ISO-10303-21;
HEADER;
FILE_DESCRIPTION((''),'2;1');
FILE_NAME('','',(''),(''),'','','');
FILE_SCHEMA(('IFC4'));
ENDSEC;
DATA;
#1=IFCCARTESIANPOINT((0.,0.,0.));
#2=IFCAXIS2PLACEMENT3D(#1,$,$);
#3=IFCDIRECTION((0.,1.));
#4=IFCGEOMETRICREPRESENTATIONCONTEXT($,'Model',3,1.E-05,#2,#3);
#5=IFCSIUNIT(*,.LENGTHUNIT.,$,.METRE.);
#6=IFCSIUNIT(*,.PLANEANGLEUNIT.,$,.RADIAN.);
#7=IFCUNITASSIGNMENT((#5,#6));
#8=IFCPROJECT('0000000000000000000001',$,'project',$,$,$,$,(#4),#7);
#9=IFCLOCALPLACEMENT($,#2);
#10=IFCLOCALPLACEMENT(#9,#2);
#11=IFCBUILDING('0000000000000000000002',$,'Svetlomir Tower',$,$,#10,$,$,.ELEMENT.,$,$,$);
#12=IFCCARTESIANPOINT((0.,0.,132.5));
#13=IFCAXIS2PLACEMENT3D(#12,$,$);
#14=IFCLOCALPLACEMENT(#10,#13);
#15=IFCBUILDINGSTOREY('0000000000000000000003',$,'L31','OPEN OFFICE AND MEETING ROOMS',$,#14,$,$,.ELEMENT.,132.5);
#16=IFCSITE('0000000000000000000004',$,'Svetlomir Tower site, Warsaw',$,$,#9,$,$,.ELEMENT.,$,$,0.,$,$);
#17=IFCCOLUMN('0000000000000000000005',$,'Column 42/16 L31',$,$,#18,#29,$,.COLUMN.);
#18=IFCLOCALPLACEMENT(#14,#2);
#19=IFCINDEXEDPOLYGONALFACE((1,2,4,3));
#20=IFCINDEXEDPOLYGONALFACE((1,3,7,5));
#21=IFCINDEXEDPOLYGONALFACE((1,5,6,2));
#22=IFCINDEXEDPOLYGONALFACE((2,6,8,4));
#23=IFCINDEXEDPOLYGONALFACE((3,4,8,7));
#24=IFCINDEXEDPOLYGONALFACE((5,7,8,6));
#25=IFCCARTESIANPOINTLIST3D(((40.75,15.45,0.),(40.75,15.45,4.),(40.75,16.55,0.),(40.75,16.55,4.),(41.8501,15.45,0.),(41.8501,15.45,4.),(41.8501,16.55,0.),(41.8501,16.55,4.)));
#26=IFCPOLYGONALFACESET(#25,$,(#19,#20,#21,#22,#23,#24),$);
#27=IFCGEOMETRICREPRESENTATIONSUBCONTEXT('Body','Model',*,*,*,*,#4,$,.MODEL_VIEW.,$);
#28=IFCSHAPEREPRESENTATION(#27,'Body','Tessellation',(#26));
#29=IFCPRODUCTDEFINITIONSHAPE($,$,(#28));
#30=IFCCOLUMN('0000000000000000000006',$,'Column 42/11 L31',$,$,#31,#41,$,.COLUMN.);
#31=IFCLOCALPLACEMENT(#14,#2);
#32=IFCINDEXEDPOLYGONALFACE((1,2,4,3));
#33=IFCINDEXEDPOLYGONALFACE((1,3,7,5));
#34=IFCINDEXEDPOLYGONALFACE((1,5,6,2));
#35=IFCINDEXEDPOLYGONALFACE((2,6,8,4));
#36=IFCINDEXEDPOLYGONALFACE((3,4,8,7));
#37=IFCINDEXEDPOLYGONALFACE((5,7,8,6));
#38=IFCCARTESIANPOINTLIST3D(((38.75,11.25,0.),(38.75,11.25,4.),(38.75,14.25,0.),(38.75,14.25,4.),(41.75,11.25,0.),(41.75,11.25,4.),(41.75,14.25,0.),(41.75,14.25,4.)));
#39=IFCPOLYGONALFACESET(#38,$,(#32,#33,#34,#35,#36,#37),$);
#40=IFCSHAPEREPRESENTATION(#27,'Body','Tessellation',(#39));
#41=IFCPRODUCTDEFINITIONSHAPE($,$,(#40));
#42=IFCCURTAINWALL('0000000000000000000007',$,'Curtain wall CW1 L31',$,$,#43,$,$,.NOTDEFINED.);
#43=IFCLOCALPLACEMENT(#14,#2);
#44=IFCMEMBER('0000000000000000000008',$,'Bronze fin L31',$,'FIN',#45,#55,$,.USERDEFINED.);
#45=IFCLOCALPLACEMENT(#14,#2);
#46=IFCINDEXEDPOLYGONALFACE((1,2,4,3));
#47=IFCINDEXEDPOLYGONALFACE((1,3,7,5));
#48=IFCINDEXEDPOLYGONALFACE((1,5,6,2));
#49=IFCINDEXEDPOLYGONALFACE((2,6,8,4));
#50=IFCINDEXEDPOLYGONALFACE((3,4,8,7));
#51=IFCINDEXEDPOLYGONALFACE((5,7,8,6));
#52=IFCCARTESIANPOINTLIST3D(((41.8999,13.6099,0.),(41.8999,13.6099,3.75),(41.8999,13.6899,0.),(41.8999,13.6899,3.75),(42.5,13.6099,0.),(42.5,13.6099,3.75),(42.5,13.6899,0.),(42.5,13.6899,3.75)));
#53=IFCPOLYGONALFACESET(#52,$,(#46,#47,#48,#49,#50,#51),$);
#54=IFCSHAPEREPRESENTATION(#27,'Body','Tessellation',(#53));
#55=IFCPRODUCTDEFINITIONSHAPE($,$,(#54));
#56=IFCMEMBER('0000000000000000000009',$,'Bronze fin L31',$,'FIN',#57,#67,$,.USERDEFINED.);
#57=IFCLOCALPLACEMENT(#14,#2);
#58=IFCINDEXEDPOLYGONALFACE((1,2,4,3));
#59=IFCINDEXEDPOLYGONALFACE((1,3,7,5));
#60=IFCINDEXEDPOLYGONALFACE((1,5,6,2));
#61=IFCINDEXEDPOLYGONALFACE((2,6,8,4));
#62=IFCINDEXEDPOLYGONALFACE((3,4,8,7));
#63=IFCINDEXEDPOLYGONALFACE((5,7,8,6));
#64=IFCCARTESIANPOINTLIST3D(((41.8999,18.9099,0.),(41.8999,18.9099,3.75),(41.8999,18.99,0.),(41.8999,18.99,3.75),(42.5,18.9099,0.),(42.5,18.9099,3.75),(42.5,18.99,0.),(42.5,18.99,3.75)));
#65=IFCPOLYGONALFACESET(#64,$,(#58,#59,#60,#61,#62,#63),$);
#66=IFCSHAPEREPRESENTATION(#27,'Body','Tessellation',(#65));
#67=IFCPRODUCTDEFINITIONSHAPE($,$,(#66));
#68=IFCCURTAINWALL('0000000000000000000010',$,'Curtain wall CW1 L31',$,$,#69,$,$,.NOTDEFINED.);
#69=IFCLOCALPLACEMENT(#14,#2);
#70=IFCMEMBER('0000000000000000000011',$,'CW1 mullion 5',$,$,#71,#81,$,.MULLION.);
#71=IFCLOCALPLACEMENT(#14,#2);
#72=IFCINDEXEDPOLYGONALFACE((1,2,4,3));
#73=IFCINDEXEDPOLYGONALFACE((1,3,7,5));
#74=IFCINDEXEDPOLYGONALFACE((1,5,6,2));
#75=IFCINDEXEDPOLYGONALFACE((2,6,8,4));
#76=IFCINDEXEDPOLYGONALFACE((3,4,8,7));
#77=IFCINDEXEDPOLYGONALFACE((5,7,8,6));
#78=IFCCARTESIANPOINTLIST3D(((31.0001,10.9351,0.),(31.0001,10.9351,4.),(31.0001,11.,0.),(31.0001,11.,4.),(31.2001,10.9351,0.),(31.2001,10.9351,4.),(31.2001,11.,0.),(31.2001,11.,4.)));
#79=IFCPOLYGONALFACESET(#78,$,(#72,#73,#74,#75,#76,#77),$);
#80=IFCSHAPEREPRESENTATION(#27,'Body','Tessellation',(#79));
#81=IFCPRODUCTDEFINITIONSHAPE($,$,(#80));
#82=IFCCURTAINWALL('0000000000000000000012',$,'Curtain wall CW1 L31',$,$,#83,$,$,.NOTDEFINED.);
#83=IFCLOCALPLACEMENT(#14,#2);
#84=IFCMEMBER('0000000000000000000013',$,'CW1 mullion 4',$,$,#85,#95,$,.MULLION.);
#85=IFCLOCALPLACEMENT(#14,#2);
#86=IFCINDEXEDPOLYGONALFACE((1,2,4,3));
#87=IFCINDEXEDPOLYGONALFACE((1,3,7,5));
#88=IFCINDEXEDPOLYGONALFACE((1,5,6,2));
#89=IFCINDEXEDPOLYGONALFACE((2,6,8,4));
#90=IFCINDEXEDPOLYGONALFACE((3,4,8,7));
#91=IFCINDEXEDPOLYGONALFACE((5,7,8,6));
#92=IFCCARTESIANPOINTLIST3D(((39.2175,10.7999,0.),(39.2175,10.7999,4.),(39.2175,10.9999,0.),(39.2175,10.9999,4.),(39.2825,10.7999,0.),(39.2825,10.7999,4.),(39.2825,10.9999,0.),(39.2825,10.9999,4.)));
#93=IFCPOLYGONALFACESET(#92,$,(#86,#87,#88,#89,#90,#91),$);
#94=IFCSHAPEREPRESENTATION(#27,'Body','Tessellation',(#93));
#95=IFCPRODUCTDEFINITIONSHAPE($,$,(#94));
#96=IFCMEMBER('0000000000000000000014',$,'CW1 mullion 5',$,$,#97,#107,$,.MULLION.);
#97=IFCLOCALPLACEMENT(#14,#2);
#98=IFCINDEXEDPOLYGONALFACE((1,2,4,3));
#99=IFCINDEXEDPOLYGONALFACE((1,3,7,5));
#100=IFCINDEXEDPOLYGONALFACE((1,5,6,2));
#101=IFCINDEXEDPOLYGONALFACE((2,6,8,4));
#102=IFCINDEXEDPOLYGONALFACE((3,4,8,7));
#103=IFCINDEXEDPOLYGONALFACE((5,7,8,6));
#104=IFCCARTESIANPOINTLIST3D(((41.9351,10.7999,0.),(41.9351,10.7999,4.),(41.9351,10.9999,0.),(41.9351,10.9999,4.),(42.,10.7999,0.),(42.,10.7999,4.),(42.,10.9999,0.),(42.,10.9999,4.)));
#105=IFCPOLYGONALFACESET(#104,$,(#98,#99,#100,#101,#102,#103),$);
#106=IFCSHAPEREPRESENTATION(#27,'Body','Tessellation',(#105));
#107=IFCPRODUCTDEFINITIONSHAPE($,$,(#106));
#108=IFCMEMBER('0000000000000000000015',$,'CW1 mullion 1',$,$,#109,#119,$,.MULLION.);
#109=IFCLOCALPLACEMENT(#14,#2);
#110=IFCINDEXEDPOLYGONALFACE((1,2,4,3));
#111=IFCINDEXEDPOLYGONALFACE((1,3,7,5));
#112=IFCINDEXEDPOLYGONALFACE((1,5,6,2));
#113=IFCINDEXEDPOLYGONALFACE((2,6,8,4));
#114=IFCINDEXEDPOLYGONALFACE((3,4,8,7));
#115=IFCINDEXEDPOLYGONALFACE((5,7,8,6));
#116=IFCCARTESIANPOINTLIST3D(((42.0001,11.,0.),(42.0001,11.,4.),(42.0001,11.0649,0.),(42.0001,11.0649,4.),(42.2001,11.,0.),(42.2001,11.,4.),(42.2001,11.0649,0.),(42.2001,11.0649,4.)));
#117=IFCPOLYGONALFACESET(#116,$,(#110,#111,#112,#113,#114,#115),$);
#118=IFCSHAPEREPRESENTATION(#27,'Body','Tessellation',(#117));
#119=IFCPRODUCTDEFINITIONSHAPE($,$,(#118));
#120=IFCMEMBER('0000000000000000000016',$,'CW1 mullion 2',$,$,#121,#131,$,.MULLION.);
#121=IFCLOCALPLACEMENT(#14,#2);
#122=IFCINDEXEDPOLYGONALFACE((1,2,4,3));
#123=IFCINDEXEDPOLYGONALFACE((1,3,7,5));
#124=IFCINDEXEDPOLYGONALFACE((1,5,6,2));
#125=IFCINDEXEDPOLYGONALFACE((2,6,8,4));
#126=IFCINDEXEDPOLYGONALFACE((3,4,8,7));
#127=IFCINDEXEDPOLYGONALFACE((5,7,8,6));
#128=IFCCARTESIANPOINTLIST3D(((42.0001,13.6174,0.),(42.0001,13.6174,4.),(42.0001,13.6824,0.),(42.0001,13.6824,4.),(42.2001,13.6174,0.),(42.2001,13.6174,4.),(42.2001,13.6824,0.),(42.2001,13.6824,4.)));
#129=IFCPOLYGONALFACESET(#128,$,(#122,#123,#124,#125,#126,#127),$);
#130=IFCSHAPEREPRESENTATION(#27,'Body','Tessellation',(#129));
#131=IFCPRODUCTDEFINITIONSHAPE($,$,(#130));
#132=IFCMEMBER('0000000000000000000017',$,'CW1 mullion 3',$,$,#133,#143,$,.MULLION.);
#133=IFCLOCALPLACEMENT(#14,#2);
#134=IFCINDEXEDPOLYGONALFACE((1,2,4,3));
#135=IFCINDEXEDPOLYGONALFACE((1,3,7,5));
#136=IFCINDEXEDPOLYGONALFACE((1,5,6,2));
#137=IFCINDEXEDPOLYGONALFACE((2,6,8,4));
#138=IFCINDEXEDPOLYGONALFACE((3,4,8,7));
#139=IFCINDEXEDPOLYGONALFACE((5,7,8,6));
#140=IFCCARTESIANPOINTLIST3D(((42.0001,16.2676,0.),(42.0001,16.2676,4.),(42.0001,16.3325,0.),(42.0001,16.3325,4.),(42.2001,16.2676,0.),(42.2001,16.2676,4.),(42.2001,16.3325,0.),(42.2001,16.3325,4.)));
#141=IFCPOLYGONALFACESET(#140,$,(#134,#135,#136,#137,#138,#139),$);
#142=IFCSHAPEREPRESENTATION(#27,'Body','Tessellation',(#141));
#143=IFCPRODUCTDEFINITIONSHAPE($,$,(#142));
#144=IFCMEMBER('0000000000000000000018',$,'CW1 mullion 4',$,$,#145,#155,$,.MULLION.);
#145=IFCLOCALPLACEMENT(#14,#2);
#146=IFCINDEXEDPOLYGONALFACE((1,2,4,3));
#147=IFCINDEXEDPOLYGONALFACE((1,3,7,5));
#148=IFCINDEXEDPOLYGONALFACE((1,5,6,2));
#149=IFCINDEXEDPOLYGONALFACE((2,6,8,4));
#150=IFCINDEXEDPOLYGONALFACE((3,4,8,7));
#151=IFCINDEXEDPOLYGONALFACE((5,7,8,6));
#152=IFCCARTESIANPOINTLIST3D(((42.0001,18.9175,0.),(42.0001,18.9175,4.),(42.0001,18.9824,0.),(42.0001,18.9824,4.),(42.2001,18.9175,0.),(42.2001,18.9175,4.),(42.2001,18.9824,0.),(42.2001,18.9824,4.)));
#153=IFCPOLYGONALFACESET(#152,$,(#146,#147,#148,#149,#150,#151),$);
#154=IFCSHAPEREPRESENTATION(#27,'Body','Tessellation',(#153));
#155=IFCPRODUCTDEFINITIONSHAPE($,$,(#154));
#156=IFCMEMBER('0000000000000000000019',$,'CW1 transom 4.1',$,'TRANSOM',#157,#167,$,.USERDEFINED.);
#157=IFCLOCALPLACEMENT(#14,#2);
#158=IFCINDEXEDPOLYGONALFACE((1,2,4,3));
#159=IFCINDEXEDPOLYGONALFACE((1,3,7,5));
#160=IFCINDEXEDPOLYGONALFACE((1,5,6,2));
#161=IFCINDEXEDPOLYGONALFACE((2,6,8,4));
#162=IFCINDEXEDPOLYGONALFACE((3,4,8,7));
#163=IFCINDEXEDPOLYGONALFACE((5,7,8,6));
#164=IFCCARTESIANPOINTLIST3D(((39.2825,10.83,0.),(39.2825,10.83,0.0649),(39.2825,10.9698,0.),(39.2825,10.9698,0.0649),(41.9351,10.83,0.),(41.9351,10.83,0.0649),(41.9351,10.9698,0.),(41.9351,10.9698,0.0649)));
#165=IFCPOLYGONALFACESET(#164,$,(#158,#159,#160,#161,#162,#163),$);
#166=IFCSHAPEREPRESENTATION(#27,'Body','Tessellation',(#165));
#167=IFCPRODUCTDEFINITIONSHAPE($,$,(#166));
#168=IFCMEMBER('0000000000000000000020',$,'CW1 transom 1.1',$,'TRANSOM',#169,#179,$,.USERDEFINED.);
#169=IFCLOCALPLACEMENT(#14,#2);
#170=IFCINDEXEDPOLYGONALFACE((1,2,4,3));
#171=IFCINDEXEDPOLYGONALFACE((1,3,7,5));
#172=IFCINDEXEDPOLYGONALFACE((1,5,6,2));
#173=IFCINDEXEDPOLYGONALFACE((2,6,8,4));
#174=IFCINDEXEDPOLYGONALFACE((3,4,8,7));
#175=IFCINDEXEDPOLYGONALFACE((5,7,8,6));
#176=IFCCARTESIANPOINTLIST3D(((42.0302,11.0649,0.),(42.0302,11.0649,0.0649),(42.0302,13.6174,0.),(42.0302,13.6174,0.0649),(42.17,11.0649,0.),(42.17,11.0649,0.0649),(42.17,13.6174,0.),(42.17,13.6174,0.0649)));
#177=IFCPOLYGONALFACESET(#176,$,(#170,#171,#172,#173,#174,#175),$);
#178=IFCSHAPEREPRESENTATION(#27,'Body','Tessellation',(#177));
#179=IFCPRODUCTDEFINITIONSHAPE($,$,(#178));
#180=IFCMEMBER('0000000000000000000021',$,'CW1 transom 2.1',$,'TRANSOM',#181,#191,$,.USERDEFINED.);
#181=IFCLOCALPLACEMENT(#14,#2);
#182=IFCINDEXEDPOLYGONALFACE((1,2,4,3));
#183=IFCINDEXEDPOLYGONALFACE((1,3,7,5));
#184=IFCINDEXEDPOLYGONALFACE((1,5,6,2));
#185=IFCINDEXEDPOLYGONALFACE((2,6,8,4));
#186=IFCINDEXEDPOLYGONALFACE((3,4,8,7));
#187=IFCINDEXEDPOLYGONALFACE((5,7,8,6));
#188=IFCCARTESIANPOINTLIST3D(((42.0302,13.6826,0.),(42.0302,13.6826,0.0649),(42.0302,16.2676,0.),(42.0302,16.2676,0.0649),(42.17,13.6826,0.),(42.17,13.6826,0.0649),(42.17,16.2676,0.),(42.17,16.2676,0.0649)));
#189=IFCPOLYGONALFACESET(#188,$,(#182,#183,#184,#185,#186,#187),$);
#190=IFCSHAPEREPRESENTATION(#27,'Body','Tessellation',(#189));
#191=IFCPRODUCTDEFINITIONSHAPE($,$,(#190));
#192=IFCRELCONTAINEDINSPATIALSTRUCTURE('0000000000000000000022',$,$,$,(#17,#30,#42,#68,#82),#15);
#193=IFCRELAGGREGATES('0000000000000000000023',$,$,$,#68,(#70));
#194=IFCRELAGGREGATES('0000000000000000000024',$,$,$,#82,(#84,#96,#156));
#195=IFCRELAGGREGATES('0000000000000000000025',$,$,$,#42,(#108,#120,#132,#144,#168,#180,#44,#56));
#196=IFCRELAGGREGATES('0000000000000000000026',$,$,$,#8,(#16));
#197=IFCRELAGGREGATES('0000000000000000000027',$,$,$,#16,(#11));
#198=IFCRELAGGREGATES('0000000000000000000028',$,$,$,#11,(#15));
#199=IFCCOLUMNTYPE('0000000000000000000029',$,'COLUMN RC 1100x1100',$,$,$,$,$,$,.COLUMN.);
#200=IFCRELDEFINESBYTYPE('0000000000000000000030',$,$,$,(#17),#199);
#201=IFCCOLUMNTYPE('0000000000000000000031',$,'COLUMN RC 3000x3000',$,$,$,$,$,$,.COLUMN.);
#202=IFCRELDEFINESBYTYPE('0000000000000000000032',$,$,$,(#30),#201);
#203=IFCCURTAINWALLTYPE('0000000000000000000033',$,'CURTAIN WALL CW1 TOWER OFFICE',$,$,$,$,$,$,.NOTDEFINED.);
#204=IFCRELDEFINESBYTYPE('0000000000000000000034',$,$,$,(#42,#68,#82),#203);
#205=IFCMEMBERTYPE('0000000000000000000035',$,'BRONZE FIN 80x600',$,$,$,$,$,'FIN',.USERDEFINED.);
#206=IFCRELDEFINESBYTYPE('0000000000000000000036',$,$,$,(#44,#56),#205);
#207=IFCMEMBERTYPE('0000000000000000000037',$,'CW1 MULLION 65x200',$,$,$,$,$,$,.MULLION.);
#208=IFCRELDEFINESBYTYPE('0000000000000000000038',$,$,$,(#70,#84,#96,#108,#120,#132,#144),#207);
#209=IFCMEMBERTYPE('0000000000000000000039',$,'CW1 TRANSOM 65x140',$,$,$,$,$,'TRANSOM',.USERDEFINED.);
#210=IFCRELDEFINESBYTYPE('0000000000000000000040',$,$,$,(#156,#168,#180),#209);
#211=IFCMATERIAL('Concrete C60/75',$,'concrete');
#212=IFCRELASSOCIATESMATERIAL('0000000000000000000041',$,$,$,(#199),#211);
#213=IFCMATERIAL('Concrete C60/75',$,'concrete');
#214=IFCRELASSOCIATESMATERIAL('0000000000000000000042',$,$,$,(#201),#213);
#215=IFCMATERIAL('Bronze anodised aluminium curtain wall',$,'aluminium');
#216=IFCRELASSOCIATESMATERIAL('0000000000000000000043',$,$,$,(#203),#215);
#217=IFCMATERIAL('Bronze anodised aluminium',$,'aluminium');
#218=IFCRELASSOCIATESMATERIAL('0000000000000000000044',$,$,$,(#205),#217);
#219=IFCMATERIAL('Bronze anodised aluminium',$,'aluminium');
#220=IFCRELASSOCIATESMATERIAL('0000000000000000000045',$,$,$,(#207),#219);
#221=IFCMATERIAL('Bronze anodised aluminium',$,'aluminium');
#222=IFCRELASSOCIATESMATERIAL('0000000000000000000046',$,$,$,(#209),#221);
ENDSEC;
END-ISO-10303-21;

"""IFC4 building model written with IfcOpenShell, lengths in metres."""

from ifc_helpers import new_model, si_unit, direction, frame, origin, origin_2d, place, context, subcontext, project, spatial, rectangle, extrude, material, material_profile, profile_set, type_object, element, aggregate, save


model = new_model("IFC4")

# Units and contexts
model_context = context("Model", 3, precision=1e-05, world=origin(), true_north=direction((0.0, 1.0)))
body_context = subcontext(model_context, "Body", "Model", "MODEL_VIEW")
ifc_project = project(units=[si_unit("LENGTHUNIT", "METRE"), si_unit("PLANEANGLEUNIT", "RADIAN")], contexts=[model_context])

# Site, building, storey
site_placement = place(None, origin())
site = spatial("IfcSite", under=ifc_project, at=site_placement, Name="Svetlomir Tower site, Warsaw", CompositionType="ELEMENT", RefElevation=0.0)
building_placement = place(site_placement, origin())
building = spatial("IfcBuilding", under=site, at=building_placement, Name="Svetlomir Tower", CompositionType="ELEMENT")
storey_placement = place(building_placement, frame((0.0, 0.0, 132.5)))
storey = spatial("IfcBuildingStorey", under=building, at=storey_placement, Name="L31", Description="OPEN OFFICE AND MEETING ROOMS", CompositionType="ELEMENT", Elevation=132.5)

# Columns
ifc_material_1 = material(Name="Concrete C60/75", Category="concrete")
ifc_material_profile_1 = material_profile(ifc_material_1, rectangle(XDim=1.1001, YDim=1.1001, at=origin_2d()), Name="RC 1100x1100")
ifc_profile_set_1 = profile_set([ifc_material_profile_1], Name="Concrete C60/75")
column_type_1 = type_object("IfcColumnType", Name="COLUMN RC 1100x1100", PredefinedType="COLUMN", material=ifc_profile_set_1)
column_1_placement = place(storey_placement, frame((41.3, 16.0, 0.0), z_axis=(0.0, 0.0, 1.0), x_axis=(1.0, 0.0, 0.0)))
element("IfcColumn", 1, at=column_1_placement, inside=storey, type_object=column_type_1, Name="Column 42/16 L31", PredefinedType="COLUMN", context=body_context, shape_type="SweptSolid", body=[
    extrude(rectangle(XDim=1.1001, YDim=1.1001, at=origin_2d()), origin(), (0.0, 0.0, 1.0), 4.0),
])
ifc_material_2 = material(Name="Concrete C60/75", Category="concrete")
ifc_material_profile_2 = material_profile(ifc_material_2, rectangle(XDim=3.0, YDim=3.0, at=origin_2d()), Name="RC 3000x3000")
ifc_profile_set_2 = profile_set([ifc_material_profile_2], Name="Concrete C60/75")
column_type_2 = type_object("IfcColumnType", Name="COLUMN RC 3000x3000", PredefinedType="COLUMN", material=ifc_profile_set_2)
column_2_placement = place(storey_placement, frame((40.25, 12.75, 0.0), z_axis=(0.0, 0.0, 1.0), x_axis=(1.0, 0.0, 0.0)))
element("IfcColumn", 2, at=column_2_placement, inside=storey, type_object=column_type_2, Name="Column 42/11 L31", PredefinedType="COLUMN", context=body_context, shape_type="SweptSolid", body=[
    extrude(rectangle(XDim=3.0, YDim=3.0, at=origin_2d()), origin(), (0.0, 0.0, 1.0), 4.0),
])

# Curtain wall, members
ifc_material_3 = material(Name="Bronze anodised aluminium curtain wall", Category="aluminium")
curtain_wall_type = type_object("IfcCurtainWallType", Name="CURTAIN WALL CW1 TOWER OFFICE", PredefinedType="NOTDEFINED", material=ifc_material_3)
curtain_wall_1_placement = place(storey_placement, origin())
curtain_wall_1 = element("IfcCurtainWall", 3, at=curtain_wall_1_placement, inside=storey, type_object=curtain_wall_type, Name="Curtain wall CW1 L31", PredefinedType="NOTDEFINED")
ifc_material_4 = material(Name="Bronze anodised aluminium", Category="aluminium")
ifc_material_profile_3 = material_profile(ifc_material_4, rectangle(XDim=0.0801, YDim=0.6001, at=origin_2d()), Name="FIN 80x600")
ifc_profile_set_3 = profile_set([ifc_material_profile_3], Name="Bronze anodised aluminium 6063-T6")
member_type_1 = type_object("IfcMemberType", Name="BRONZE FIN 80x600", ElementType="FIN", PredefinedType="USERDEFINED", material=ifc_profile_set_3)
member_1_placement = place(storey_placement, frame((42.2, 13.6499, 0.0), z_axis=(0.0, 0.0, 1.0), x_axis=(0.0, 1.0, 0.0)))
member_1 = element("IfcMember", 4, at=member_1_placement, type_object=member_type_1, Name="Bronze fin L31", ObjectType="FIN", PredefinedType="USERDEFINED", context=body_context, shape_type="SweptSolid", body=[
    extrude(rectangle(XDim=0.0801, YDim=0.6001, at=origin_2d()), origin(), (0.0, 0.0, 1.0), 3.75),
])
member_2_placement = place(storey_placement, frame((42.2, 18.95, 0.0), z_axis=(0.0, 0.0, 1.0), x_axis=(0.0, 1.0, 0.0)))
member_2 = element("IfcMember", 5, at=member_2_placement, type_object=member_type_1, Name="Bronze fin L31", ObjectType="FIN", PredefinedType="USERDEFINED", context=body_context, shape_type="SweptSolid", body=[
    extrude(rectangle(XDim=0.0801, YDim=0.6001, at=origin_2d()), origin(), (0.0, 0.0, 1.0), 3.75),
])

# Curtain wall, member
curtain_wall_2_placement = place(storey_placement, origin())
curtain_wall_2 = element("IfcCurtainWall", 6, at=curtain_wall_2_placement, inside=storey, type_object=curtain_wall_type, Name="Curtain wall CW1 L31", PredefinedType="NOTDEFINED")
ifc_material_5 = material(Name="Bronze anodised aluminium", Category="aluminium")
ifc_material_profile_4 = material_profile(ifc_material_5, rectangle(XDim=0.0649, YDim=0.2, at=origin_2d()), Name="AL 65x200")
ifc_profile_set_4 = profile_set([ifc_material_profile_4], Name="Bronze anodised aluminium 6063-T6")
member_type_2 = type_object("IfcMemberType", Name="CW1 MULLION 65x200", PredefinedType="MULLION", material=ifc_profile_set_4)
member_3_placement = place(storey_placement, frame((31.1001, 10.9675, 0.0), z_axis=(0.0, 0.0, 1.0), x_axis=(0.0, 1.0, 0.0)))
member_3 = element("IfcMember", 7, at=member_3_placement, type_object=member_type_2, Name="CW1 mullion 5", PredefinedType="MULLION", context=body_context, shape_type="SweptSolid", body=[
    extrude(rectangle(XDim=0.0649, YDim=0.2, at=origin_2d()), origin(), (0.0, 0.0, 1.0), 4.0),
])
aggregate(curtain_wall_2, [member_3])

# Curtain wall, members
curtain_wall_3_placement = place(storey_placement, origin())
curtain_wall_3 = element("IfcCurtainWall", 8, at=curtain_wall_3_placement, inside=storey, type_object=curtain_wall_type, Name="Curtain wall CW1 L31", PredefinedType="NOTDEFINED")
member_4_placement = place(storey_placement, frame((39.25, 10.8999, 0.0), z_axis=(0.0, 0.0, 1.0), x_axis=(1.0, 0.0, 0.0)))
member_4 = element("IfcMember", 9, at=member_4_placement, type_object=member_type_2, Name="CW1 mullion 4", PredefinedType="MULLION", context=body_context, shape_type="SweptSolid", body=[
    extrude(rectangle(XDim=0.0649, YDim=0.2, at=origin_2d()), origin(), (0.0, 0.0, 1.0), 4.0),
])
member_5_placement = place(storey_placement, frame((41.9675, 10.8999, 0.0), z_axis=(0.0, 0.0, 1.0), x_axis=(1.0, 0.0, 0.0)))
member_5 = element("IfcMember", 10, at=member_5_placement, type_object=member_type_2, Name="CW1 mullion 5", PredefinedType="MULLION", context=body_context, shape_type="SweptSolid", body=[
    extrude(rectangle(XDim=0.0649, YDim=0.2, at=origin_2d()), origin(), (0.0, 0.0, 1.0), 4.0),
])

# Members
member_6_placement = place(storey_placement, frame((42.1001, 11.0325, 0.0), z_axis=(0.0, 0.0, 1.0), x_axis=(0.0, 1.0, 0.0)))
member_6 = element("IfcMember", 11, at=member_6_placement, type_object=member_type_2, Name="CW1 mullion 1", PredefinedType="MULLION", context=body_context, shape_type="SweptSolid", body=[
    extrude(rectangle(XDim=0.0649, YDim=0.2, at=origin_2d()), origin(), (0.0, 0.0, 1.0), 4.0),
])
member_7_placement = place(storey_placement, frame((42.1001, 13.6499, 0.0), z_axis=(0.0, 0.0, 1.0), x_axis=(0.0, 1.0, 0.0)))
member_7 = element("IfcMember", 12, at=member_7_placement, type_object=member_type_2, Name="CW1 mullion 2", PredefinedType="MULLION", context=body_context, shape_type="SweptSolid", body=[
    extrude(rectangle(XDim=0.0649, YDim=0.2, at=origin_2d()), origin(), (0.0, 0.0, 1.0), 4.0),
])
member_8_placement = place(storey_placement, frame((42.1001, 16.3, 0.0), z_axis=(0.0, 0.0, 1.0), x_axis=(0.0, 1.0, 0.0)))
member_8 = element("IfcMember", 13, at=member_8_placement, type_object=member_type_2, Name="CW1 mullion 3", PredefinedType="MULLION", context=body_context, shape_type="SweptSolid", body=[
    extrude(rectangle(XDim=0.0649, YDim=0.2, at=origin_2d()), origin(), (0.0, 0.0, 1.0), 4.0),
])
member_9_placement = place(storey_placement, frame((42.1001, 18.95, 0.0), z_axis=(0.0, 0.0, 1.0), x_axis=(0.0, 1.0, 0.0)))
member_9 = element("IfcMember", 14, at=member_9_placement, type_object=member_type_2, Name="CW1 mullion 4", PredefinedType="MULLION", context=body_context, shape_type="SweptSolid", body=[
    extrude(rectangle(XDim=0.0649, YDim=0.2, at=origin_2d()), origin(), (0.0, 0.0, 1.0), 4.0),
])
ifc_material_6 = material(Name="Bronze anodised aluminium", Category="aluminium")
ifc_material_profile_5 = material_profile(ifc_material_6, rectangle(XDim=0.1399, YDim=0.0649, at=origin_2d()), Name="AL 140x65")
ifc_profile_set_5 = profile_set([ifc_material_profile_5], Name="Bronze anodised aluminium 6063-T6")
member_type_3 = type_object("IfcMemberType", Name="CW1 TRANSOM 65x140", ElementType="TRANSOM", PredefinedType="USERDEFINED", material=ifc_profile_set_5)
member_10_placement = place(storey_placement, frame((39.2825, 10.8999, 0.0325), z_axis=(1.0, 0.0, 0.0), x_axis=(0.0, 1.0, 0.0)))
member_10 = element("IfcMember", 15, at=member_10_placement, type_object=member_type_3, Name="CW1 transom 4.1", ObjectType="TRANSOM", PredefinedType="USERDEFINED", context=body_context, shape_type="SweptSolid", body=[
    extrude(rectangle(XDim=0.1399, YDim=0.0649, at=origin_2d()), origin(), (0.0, 0.0, 1.0), 2.6526),
])
member_11_placement = place(storey_placement, frame((42.1001, 11.0649, 0.0325), z_axis=(0.0, 1.0, 0.0), x_axis=(-1.0, 0.0, 0.0)))
member_11 = element("IfcMember", 16, at=member_11_placement, type_object=member_type_3, Name="CW1 transom 1.1", ObjectType="TRANSOM", PredefinedType="USERDEFINED", context=body_context, shape_type="SweptSolid", body=[
    extrude(rectangle(XDim=0.1399, YDim=0.0649, at=origin_2d()), origin(), (0.0, 0.0, 1.0), 2.5525),
])
member_12_placement = place(storey_placement, frame((42.1001, 13.6826, 0.0325), z_axis=(0.0, 1.0, 0.0), x_axis=(-1.0, 0.0, 0.0)))
member_12 = element("IfcMember", 17, at=member_12_placement, type_object=member_type_3, Name="CW1 transom 2.1", ObjectType="TRANSOM", PredefinedType="USERDEFINED", context=body_context, shape_type="SweptSolid", body=[
    extrude(rectangle(XDim=0.1399, YDim=0.0649, at=origin_2d()), origin(), (0.0, 0.0, 1.0), 2.585),
])

aggregate(curtain_wall_3, [member_4, member_5, member_10])
aggregate(curtain_wall_1, [member_6, member_7, member_8, member_9, member_11, member_12, member_1, member_2])

save(model, "model.ifc")
